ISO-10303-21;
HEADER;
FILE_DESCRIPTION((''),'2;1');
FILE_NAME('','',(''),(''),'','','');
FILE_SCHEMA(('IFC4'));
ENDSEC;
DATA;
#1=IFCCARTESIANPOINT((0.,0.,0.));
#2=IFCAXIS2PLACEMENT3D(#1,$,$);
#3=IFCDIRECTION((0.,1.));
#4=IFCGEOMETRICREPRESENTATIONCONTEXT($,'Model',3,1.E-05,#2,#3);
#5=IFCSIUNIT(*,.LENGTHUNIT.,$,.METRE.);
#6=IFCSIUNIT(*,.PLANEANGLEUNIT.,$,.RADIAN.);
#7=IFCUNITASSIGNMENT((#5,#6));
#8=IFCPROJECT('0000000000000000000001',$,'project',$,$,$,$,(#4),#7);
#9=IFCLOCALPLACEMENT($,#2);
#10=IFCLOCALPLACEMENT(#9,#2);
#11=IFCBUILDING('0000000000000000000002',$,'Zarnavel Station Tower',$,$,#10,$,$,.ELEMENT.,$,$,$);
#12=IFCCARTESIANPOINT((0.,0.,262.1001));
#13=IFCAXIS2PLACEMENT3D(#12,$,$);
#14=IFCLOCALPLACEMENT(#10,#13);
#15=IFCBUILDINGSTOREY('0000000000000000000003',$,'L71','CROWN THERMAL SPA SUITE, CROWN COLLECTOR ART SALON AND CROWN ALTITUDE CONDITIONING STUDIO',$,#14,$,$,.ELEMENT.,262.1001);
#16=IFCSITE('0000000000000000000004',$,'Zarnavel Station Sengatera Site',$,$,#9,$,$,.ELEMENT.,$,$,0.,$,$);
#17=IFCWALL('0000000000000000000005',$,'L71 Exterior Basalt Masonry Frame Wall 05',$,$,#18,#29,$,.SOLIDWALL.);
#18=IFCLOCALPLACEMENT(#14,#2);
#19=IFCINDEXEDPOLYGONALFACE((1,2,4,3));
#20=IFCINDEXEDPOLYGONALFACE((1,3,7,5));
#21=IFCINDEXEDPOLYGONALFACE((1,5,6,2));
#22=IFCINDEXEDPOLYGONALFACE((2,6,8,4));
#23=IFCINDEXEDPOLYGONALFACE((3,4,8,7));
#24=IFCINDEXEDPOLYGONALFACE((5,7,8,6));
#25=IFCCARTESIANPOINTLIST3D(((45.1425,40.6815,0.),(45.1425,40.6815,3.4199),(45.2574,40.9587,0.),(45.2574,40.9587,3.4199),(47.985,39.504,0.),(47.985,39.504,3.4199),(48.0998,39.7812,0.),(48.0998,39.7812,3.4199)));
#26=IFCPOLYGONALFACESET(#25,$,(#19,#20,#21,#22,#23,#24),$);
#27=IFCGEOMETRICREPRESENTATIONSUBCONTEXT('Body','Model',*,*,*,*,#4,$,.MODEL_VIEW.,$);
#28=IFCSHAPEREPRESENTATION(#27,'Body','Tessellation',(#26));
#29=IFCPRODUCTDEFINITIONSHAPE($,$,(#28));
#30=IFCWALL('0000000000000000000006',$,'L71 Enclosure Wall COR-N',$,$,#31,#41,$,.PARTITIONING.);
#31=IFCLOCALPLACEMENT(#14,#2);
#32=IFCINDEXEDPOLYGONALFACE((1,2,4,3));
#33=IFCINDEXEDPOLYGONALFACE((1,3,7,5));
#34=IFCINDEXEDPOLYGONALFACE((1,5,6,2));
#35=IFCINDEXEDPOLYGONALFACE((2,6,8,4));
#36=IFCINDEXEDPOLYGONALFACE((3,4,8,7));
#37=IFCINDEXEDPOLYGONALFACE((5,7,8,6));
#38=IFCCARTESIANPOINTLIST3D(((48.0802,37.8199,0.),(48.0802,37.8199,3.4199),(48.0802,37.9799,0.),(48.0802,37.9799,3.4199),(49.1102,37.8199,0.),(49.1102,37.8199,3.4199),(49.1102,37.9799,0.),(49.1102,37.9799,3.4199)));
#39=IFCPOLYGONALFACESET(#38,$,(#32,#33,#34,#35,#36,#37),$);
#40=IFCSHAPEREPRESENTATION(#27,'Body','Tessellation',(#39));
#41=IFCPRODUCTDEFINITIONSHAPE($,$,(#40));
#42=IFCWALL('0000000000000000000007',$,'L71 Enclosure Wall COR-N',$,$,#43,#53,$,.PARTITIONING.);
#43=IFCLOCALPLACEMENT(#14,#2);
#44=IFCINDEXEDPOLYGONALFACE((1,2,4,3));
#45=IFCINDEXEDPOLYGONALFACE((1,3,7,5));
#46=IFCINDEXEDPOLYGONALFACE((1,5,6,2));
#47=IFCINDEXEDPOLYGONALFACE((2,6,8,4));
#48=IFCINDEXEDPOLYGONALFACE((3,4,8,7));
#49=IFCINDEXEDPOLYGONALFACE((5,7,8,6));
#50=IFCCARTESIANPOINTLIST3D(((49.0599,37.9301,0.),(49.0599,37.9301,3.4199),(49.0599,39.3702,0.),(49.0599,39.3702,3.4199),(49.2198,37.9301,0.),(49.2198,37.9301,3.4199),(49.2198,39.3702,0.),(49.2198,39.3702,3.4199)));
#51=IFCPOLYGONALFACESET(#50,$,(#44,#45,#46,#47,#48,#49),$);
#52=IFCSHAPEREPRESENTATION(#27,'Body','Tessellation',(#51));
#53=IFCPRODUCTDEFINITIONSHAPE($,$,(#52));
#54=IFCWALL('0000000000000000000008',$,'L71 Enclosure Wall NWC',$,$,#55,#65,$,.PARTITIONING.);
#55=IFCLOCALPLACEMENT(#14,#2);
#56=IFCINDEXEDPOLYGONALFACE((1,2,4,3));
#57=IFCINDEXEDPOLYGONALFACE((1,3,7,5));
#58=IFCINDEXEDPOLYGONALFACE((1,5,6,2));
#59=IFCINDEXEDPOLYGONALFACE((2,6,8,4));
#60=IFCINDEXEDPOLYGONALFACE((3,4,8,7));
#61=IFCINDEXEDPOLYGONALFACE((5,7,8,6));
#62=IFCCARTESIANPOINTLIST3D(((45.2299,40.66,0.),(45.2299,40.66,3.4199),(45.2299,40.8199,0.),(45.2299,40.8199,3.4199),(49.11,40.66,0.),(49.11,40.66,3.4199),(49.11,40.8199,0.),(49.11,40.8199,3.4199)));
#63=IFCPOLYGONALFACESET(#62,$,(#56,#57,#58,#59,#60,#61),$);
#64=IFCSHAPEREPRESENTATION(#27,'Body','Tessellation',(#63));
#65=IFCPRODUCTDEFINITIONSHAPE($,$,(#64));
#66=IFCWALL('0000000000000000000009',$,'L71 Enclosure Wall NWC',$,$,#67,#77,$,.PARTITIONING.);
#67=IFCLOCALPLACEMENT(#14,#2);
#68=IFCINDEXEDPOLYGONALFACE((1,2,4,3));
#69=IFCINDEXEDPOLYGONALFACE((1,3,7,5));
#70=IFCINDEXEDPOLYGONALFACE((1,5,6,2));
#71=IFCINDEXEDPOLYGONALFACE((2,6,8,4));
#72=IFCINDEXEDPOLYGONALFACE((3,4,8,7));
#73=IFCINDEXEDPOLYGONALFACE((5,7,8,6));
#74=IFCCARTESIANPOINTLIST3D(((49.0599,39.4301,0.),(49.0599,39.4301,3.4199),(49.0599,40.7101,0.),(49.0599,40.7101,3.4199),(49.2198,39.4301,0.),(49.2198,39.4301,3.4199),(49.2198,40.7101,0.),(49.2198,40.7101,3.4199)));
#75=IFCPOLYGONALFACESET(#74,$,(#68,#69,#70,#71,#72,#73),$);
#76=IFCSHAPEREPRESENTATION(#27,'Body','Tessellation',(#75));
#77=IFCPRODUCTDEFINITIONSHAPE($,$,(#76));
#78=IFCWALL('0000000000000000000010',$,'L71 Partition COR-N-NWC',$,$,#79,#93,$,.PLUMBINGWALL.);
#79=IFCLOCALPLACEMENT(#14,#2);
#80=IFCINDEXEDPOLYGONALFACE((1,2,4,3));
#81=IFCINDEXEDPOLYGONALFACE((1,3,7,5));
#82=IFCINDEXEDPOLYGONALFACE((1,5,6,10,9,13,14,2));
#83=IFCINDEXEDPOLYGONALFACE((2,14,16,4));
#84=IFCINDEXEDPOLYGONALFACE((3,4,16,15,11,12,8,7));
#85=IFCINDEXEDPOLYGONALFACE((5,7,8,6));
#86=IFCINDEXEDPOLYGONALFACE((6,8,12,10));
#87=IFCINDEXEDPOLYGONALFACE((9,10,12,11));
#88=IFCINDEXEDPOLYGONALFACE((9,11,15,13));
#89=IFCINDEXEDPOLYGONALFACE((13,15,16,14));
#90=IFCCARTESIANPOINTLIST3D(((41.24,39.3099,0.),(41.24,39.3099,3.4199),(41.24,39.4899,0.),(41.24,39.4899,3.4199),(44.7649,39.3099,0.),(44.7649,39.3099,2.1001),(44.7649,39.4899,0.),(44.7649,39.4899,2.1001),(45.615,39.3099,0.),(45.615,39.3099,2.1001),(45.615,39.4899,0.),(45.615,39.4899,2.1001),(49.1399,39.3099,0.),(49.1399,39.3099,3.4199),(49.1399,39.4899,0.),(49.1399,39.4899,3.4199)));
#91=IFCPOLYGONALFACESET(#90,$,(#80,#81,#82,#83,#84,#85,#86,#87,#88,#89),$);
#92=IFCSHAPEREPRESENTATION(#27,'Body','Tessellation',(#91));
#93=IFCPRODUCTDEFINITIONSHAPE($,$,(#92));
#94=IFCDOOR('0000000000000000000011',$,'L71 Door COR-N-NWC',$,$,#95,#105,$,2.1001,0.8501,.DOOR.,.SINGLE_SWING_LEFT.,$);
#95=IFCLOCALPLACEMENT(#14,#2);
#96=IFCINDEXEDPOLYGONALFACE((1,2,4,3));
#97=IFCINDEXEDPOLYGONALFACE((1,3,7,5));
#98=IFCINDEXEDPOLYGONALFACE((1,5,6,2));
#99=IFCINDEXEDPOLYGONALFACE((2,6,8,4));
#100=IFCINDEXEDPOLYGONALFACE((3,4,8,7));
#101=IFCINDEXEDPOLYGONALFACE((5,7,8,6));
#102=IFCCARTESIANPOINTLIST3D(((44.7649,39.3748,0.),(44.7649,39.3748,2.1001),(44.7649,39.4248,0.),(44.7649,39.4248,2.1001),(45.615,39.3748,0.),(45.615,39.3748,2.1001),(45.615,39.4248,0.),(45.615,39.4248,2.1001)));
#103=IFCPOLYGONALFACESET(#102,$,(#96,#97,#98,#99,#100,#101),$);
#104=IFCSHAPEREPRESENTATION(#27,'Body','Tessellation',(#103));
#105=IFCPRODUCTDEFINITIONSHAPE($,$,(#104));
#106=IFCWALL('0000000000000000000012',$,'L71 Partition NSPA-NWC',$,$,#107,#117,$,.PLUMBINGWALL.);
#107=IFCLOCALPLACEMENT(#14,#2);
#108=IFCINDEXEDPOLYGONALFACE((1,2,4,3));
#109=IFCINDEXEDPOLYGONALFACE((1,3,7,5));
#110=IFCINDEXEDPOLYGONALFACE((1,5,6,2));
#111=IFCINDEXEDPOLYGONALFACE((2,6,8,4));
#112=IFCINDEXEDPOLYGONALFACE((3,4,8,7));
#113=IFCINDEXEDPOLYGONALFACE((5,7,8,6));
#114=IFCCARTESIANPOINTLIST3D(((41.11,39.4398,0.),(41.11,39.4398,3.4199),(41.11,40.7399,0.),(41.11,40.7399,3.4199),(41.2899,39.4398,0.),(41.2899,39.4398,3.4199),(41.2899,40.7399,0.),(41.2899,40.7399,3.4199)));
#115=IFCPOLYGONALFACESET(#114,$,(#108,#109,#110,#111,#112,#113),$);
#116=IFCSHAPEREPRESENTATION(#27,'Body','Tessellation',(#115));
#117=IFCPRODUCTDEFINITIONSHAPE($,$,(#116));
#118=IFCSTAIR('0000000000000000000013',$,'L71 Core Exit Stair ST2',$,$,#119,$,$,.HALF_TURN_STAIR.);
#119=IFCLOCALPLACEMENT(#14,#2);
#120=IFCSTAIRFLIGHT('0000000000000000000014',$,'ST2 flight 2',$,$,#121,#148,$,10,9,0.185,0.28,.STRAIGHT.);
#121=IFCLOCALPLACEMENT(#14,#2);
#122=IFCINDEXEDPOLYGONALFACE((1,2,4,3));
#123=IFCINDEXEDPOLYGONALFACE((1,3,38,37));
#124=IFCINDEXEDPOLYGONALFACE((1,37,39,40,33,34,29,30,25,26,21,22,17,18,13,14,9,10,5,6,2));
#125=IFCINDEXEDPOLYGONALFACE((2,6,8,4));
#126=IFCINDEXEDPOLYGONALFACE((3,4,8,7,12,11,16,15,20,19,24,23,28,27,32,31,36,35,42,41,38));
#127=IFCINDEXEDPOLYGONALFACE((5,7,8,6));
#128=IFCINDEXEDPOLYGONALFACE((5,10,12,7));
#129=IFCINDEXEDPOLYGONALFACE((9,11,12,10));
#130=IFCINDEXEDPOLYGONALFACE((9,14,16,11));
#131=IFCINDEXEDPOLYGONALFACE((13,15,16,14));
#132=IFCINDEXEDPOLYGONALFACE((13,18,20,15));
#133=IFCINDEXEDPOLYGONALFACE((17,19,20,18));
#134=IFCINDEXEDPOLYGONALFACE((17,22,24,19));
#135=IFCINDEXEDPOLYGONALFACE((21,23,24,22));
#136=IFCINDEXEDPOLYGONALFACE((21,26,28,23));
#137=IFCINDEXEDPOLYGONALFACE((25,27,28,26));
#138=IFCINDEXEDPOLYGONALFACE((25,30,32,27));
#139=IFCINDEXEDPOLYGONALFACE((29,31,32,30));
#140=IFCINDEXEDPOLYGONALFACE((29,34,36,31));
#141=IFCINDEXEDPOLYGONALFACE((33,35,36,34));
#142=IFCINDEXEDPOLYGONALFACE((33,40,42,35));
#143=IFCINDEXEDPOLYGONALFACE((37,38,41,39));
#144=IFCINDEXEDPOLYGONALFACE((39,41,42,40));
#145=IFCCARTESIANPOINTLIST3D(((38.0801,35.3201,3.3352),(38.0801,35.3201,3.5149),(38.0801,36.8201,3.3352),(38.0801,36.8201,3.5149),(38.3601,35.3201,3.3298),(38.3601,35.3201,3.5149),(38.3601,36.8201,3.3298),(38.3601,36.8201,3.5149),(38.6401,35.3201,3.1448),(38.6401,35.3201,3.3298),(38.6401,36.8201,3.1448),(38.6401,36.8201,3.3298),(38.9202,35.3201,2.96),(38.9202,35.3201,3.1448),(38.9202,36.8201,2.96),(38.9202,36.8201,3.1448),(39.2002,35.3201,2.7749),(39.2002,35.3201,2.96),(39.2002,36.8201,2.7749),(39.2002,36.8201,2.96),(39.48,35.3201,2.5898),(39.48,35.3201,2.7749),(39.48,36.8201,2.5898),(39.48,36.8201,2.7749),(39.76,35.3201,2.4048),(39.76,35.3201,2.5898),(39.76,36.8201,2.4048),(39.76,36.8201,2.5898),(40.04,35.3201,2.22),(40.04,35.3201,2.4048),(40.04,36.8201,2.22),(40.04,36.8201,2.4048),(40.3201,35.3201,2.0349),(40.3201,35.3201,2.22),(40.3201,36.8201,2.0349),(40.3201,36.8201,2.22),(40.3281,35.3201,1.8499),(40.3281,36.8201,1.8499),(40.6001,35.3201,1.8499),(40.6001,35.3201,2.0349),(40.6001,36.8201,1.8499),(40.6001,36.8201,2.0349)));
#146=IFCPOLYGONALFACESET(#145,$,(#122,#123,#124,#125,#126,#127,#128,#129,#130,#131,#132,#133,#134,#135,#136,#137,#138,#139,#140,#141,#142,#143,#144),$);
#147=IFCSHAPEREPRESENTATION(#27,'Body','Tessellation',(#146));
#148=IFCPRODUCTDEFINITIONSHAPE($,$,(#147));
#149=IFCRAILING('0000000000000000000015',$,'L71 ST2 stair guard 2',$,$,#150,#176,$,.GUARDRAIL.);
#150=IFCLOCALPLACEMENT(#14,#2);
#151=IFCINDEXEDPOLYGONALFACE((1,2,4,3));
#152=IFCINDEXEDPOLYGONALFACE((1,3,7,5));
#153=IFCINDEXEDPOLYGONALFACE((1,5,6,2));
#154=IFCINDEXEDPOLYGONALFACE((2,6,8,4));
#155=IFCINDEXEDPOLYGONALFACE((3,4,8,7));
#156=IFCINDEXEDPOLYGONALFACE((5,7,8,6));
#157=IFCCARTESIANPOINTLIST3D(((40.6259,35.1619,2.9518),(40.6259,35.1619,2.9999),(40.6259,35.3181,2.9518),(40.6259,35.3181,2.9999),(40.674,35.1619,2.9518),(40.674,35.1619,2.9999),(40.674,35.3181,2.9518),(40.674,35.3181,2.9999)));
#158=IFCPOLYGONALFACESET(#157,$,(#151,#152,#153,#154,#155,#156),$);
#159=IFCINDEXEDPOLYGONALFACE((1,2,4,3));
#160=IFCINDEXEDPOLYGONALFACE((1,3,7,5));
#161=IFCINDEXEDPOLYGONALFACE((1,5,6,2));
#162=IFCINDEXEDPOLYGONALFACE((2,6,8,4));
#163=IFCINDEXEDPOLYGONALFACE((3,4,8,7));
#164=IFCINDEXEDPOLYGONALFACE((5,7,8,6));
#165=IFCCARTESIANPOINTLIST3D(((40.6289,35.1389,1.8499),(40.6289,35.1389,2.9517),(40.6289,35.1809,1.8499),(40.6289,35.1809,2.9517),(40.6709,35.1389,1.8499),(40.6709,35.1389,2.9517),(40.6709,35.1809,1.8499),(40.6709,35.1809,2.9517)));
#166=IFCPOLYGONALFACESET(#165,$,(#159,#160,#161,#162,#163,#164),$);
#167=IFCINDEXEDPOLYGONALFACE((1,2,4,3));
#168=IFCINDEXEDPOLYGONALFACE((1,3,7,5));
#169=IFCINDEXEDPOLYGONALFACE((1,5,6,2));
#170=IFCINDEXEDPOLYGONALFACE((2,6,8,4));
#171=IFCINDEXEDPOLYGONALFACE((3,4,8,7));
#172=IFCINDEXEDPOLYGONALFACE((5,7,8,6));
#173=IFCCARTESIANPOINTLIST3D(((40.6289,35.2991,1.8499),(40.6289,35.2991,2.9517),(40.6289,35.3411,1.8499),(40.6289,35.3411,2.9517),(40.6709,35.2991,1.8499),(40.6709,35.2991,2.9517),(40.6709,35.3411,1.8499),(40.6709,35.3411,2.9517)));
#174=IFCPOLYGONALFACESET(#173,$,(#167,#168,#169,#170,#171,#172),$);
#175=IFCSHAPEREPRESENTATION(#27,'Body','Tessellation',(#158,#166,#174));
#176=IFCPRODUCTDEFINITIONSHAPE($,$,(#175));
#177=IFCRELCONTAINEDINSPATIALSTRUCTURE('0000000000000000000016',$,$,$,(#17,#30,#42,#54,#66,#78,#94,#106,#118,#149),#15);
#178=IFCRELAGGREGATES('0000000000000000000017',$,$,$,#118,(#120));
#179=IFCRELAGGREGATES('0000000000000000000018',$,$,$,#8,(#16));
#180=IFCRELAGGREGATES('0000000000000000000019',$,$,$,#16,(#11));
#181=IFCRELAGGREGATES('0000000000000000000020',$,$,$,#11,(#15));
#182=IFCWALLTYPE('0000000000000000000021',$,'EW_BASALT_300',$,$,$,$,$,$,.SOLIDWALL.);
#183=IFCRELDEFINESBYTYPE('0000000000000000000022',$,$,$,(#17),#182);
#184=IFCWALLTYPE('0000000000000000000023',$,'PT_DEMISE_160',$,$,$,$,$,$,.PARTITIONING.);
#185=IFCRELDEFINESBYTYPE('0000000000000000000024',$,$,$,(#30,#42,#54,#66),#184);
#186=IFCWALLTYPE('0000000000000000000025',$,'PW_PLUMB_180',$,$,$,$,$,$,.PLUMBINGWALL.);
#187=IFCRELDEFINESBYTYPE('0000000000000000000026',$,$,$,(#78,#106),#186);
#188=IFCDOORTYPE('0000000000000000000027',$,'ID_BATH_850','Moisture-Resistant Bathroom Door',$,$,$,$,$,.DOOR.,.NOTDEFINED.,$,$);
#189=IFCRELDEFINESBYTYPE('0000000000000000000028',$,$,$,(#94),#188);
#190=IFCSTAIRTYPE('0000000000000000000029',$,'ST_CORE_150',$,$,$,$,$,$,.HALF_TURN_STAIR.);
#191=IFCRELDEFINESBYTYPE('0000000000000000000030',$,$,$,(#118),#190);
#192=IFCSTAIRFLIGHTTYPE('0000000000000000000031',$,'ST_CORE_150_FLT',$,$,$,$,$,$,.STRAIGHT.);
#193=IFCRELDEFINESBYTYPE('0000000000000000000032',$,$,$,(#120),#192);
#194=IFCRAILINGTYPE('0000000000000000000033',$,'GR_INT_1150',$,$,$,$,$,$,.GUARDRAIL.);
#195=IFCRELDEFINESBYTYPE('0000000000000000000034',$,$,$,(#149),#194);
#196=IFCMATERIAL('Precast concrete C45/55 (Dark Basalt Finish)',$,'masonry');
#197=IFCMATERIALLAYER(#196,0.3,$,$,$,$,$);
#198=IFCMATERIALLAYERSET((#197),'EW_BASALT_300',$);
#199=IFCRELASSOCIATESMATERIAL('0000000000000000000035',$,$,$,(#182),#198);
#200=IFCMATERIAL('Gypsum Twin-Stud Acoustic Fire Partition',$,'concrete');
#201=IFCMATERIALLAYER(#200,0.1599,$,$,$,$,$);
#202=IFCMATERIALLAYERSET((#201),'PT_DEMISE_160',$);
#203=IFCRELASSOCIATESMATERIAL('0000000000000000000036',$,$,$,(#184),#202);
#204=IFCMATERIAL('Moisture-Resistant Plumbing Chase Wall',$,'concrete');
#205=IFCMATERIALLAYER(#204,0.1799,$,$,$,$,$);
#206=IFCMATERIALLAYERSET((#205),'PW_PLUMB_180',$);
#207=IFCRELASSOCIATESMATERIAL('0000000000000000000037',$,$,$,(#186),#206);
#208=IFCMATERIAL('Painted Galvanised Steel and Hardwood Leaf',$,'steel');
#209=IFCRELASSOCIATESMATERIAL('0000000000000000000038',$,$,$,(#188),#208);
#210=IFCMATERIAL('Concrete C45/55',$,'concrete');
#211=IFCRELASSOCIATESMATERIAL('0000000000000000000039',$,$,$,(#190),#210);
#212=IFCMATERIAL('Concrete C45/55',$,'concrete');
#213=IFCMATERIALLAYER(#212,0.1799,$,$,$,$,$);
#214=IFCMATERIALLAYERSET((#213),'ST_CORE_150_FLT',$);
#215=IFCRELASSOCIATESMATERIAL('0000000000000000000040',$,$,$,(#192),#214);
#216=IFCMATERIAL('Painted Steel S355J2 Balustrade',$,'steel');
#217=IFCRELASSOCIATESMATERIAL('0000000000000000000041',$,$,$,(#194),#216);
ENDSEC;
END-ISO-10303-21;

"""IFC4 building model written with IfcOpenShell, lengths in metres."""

from ifc_helpers import new_model, si_unit, direction, frame, frame_2d, origin, origin_2d, place, context, subcontext, project, spatial, polyline, rectangle, outline, extrude, material, layer, layer_set, type_object, element, fill, aggregate, save


model = new_model("IFC4")

# Units and contexts
model_context = context("Model", 3, precision=1e-05, world=origin(), true_north=direction((0.0, 1.0)))
body_context = subcontext(model_context, "Body", "Model", "MODEL_VIEW")
ifc_project = project(units=[si_unit("LENGTHUNIT", "METRE"), si_unit("PLANEANGLEUNIT", "RADIAN")], contexts=[model_context])

# Site, building, storey
site_placement = place(None, origin())
site = spatial("IfcSite", under=ifc_project, at=site_placement, Name="Zarnavel Station Sengatera Site", CompositionType="ELEMENT", RefElevation=0.0)
building_placement = place(site_placement, origin())
building = spatial("IfcBuilding", under=site, at=building_placement, Name="Zarnavel Station Tower", CompositionType="ELEMENT")
storey_placement = place(building_placement, frame((0.0, 0.0, 262.1001)))
storey = spatial("IfcBuildingStorey", under=building, at=storey_placement, Name="L71", Description="CROWN THERMAL SPA SUITE, CROWN COLLECTOR ART SALON AND CROWN ALTITUDE CONDITIONING STUDIO", CompositionType="ELEMENT", Elevation=262.1001)

# Shared definitions
ifc_material_1 = material(Name="Precast concrete C45/55 (Dark Basalt Finish)", Category="masonry")
ifc_layer_1 = layer(ifc_material_1, 0.3)
ifc_layer_set_1 = layer_set([ifc_layer_1], Name="EW_BASALT_300")
wall_type_1 = type_object("IfcWallType", Name="EW_BASALT_300", PredefinedType="SOLIDWALL", material=ifc_layer_set_1)

# Walls
for number, where, z_axis, x_axis, name in (
    (1, (45.2, 40.8201, 0.0), (0.0, 0.0, 1.0), (0.923871, -0.382705, 0.0), "L71 Exterior Basalt Masonry Frame Wall 05"),
):
    element("IfcWall", number, at=place(storey_placement, frame(where, z_axis=z_axis, x_axis=x_axis)), inside=storey, type_object=wall_type_1, Name=name, PredefinedType="SOLIDWALL", context=body_context, shape_type="SweptSolid", body=[
        extrude(rectangle(XDim=3.0767, YDim=0.3, at=frame_2d((1.5383, 0.0))), origin(), (0.0, 0.0, 1.0), 3.4199),
    ])
ifc_material_2 = material(Name="Gypsum Twin-Stud Acoustic Fire Partition", Category="concrete")
ifc_layer_2 = layer(ifc_material_2, 0.1599)
ifc_layer_set_2 = layer_set([ifc_layer_2], Name="PT_DEMISE_160")
wall_type_2 = type_object("IfcWallType", Name="PT_DEMISE_160", PredefinedType="PARTITIONING", material=ifc_layer_set_2)
wall_1_placement = place(storey_placement, frame((48.0801, 37.8999, 0.0), z_axis=(0.0, 0.0, 1.0), x_axis=(1.0, 0.0, 0.0)))
element("IfcWall", 2, at=wall_1_placement, inside=storey, type_object=wall_type_2, Name="L71 Enclosure Wall COR-N", PredefinedType="PARTITIONING", context=body_context, shape_type="SweptSolid", body=[
    extrude(rectangle(XDim=1.03, YDim=0.1599, at=frame_2d((0.5151, 0.0))), origin(), (0.0, 0.0, 1.0), 3.4199),
])
wall_2_placement = place(storey_placement, frame((49.1399, 37.9299, 0.0), z_axis=(0.0, 0.0, 1.0), x_axis=(0.0, 1.0, 0.0)))
element("IfcWall", 3, at=wall_2_placement, inside=storey, type_object=wall_type_2, Name="L71 Enclosure Wall COR-N", PredefinedType="PARTITIONING", context=body_context, shape_type="SweptSolid", body=[
    extrude(rectangle(XDim=1.4402, YDim=0.1599, at=frame_2d((0.7202, 0.0))), origin(), (0.0, 0.0, 1.0), 3.4199),
])
wall_3_placement = place(storey_placement, frame((45.23, 40.74, 0.0), z_axis=(0.0, 0.0, 1.0), x_axis=(1.0, 0.0, 0.0)))
element("IfcWall", 4, at=wall_3_placement, inside=storey, type_object=wall_type_2, Name="L71 Enclosure Wall NWC", PredefinedType="PARTITIONING", context=body_context, shape_type="SweptSolid", body=[
    extrude(rectangle(XDim=3.8801, YDim=0.1599, at=frame_2d((1.9399, 0.0))), origin(), (0.0, 0.0, 1.0), 3.4199),
])
wall_4_placement = place(storey_placement, frame((49.1399, 39.4299, 0.0), z_axis=(0.0, 0.0, 1.0), x_axis=(0.0, 1.0, 0.0)))
element("IfcWall", 5, at=wall_4_placement, inside=storey, type_object=wall_type_2, Name="L71 Enclosure Wall NWC", PredefinedType="PARTITIONING", context=body_context, shape_type="SweptSolid", body=[
    extrude(rectangle(XDim=1.28, YDim=0.1599, at=frame_2d((0.6401, 0.0))), origin(), (0.0, 0.0, 1.0), 3.4199),
])

# Wall, opening, door
ifc_material_3 = material(Name="Moisture-Resistant Plumbing Chase Wall", Category="concrete")
ifc_layer_3 = layer(ifc_material_3, 0.1799)
ifc_layer_set_3 = layer_set([ifc_layer_3], Name="PW_PLUMB_180")
wall_type_3 = type_object("IfcWallType", Name="PW_PLUMB_180", PredefinedType="PLUMBINGWALL", material=ifc_layer_set_3)
wall_5_placement = place(storey_placement, frame((41.24, 39.3999, 0.0), z_axis=(0.0, 0.0, 1.0), x_axis=(1.0, 0.0, 0.0)))
wall_5 = element("IfcWall", 6, at=wall_5_placement, inside=storey, type_object=wall_type_3, Name="L71 Partition COR-N-NWC", PredefinedType="PLUMBINGWALL", context=body_context, shape_type="SweptSolid", body=[
    extrude(rectangle(XDim=7.8999, YDim=0.1799, at=frame_2d((3.95, 0.0))), origin(), (0.0, 0.0, 1.0), 3.4199),
])
opening_1_placement = place(wall_5_placement, frame((3.5249, 0.0, 0.0)))
opening_1 = element("IfcOpeningElement", 7, at=opening_1_placement, cuts=wall_5, PredefinedType="OPENING", context=body_context, shape_type="SweptSolid", body=[
    extrude(rectangle(XDim=0.8501, YDim=2.1001, at=frame_2d((0.425, 1.05))), frame((0.0, 0.0999, 0.0), z_axis=(0.0, -1.0, 0.0), x_axis=(1.0, 0.0, 0.0)), (0.0, 0.0, 1.0), 0.2),
])
ifc_material_4 = material(Name="Painted Galvanised Steel and Hardwood Leaf", Category="steel")
door_type_1 = type_object("IfcDoorType", Name="ID_BATH_850", Description="Moisture-Resistant Bathroom Door", OperationType="NOTDEFINED", PredefinedType="DOOR", material=ifc_material_4)
door_1_placement = place(opening_1_placement, origin())
door_1 = element("IfcDoor", 8, at=door_1_placement, inside=storey, type_object=door_type_1, Name="L71 Door COR-N-NWC", OperationType="SINGLE_SWING_LEFT", OverallHeight=2.1001, OverallWidth=0.8501, PredefinedType="DOOR", context=body_context, shape_type="SweptSolid", body=[
    extrude(rectangle(XDim=0.8501, YDim=2.1001, at=frame_2d((0.425, 1.05))), frame((0.0, 0.0249, 0.0), z_axis=(0.0, -1.0, 0.0), x_axis=(1.0, 0.0, 0.0)), (0.0, 0.0, 1.0), 0.05),
])
fill(opening_1, door_1)

# Wall
wall_6_placement = place(storey_placement, frame((41.2, 39.4399, 0.0), z_axis=(0.0, 0.0, 1.0), x_axis=(0.0, 1.0, 0.0)))
element("IfcWall", 9, at=wall_6_placement, inside=storey, type_object=wall_type_3, Name="L71 Partition NSPA-NWC", PredefinedType="PLUMBINGWALL", context=body_context, shape_type="SweptSolid", body=[
    extrude(rectangle(XDim=1.3, YDim=0.1799, at=frame_2d((0.6499, 0.0))), origin(), (0.0, 0.0, 1.0), 3.4199),
])

# Stair, stair flight
ifc_material_5 = material(Name="Concrete C45/55", Category="concrete")
stair_type = type_object("IfcStairType", Name="ST_CORE_150", PredefinedType="HALF_TURN_STAIR", material=ifc_material_5)
stair_placement = place(storey_placement, origin())
stair = element("IfcStair", 10, at=stair_placement, inside=storey, type_object=stair_type, Name="L71 Core Exit Stair ST2", PredefinedType="HALF_TURN_STAIR")
ifc_material_6 = material(Name="Concrete C45/55", Category="concrete")
ifc_layer_4 = layer(ifc_material_6, 0.1799)
ifc_layer_set_4 = layer_set([ifc_layer_4], Name="ST_CORE_150_FLT")
stair_flight_type = type_object("IfcStairFlightType", Name="ST_CORE_150_FLT", PredefinedType="STRAIGHT", material=ifc_layer_set_4)
stair_flight_placement = place(storey_placement, frame((40.6001, 36.0701, 1.8499), z_axis=(0.0, 0.0, 1.0), x_axis=(-1.0, 0.0, 0.0)))
stair_flight = element("IfcStairFlight", 11, at=stair_flight_placement, type_object=stair_flight_type, Name="ST2 flight 2", NumberOfRisers=10, NumberOfTreads=9, PredefinedType="STRAIGHT", RiserHeight=0.185, TreadLength=0.28, context=body_context, shape_type="SweptSolid", body=[
    extrude(outline(polyline([(0.0, 0.0), (0.0, 0.1851), (0.28, 0.1851), (0.28, 0.3701), (0.5601, 0.3701), (0.5601, 0.5549), (0.8401, 0.5549), (0.8401, 0.74), (1.1201, 0.74), (1.1201, 0.925), (1.3999, 0.925), (1.3999, 1.1101), (1.6799, 1.1101), (1.6799, 1.2949), (1.96, 1.2949), (1.96, 1.48), (2.24, 1.48), (2.24, 1.665), (2.52, 1.665), (2.52, 1.8501), (2.52, 1.4854), (0.272, 0.0), (0.0, 0.0)])), frame((0.0, 0.75, 0.0), z_axis=(0.0, -1.0, 0.0), x_axis=(1.0, 0.0, 0.0)), (0.0, 0.0, 1.0), 1.5),
])
aggregate(stair, [stair_flight])

# Railing
ifc_material_7 = material(Name="Painted Steel S355J2 Balustrade", Category="steel")
railing_type_1 = type_object("IfcRailingType", Name="GR_INT_1150", PredefinedType="GUARDRAIL", material=ifc_material_7)
railing_1_placement = place(storey_placement, frame((40.6499, 35.1599, 1.8499)))
element("IfcRailing", 12, at=railing_1_placement, inside=storey, type_object=railing_type_1, Name="L71 ST2 stair guard 2", PredefinedType="GUARDRAIL", context=body_context, shape_type="SweptSolid", body=[
    extrude(rectangle(XDim=0.0481, YDim=0.0481, at=origin_2d()), frame((0.0, 0.002, 1.126), z_axis=(0.0, 1.0, 0.0), x_axis=(-1.0, 0.0, 0.0)), (0.0, 0.0, 1.0), 0.1562),
    extrude(rectangle(XDim=0.042, YDim=0.042, at=origin_2d()), origin(), (0.0, 0.0, 1.0), 1.1018),
    extrude(rectangle(XDim=0.042, YDim=0.042, at=origin_2d()), frame((0.0, 0.1602, 0.0)), (0.0, 0.0, 1.0), 1.1018),
])

save(model, "model.ifc")
